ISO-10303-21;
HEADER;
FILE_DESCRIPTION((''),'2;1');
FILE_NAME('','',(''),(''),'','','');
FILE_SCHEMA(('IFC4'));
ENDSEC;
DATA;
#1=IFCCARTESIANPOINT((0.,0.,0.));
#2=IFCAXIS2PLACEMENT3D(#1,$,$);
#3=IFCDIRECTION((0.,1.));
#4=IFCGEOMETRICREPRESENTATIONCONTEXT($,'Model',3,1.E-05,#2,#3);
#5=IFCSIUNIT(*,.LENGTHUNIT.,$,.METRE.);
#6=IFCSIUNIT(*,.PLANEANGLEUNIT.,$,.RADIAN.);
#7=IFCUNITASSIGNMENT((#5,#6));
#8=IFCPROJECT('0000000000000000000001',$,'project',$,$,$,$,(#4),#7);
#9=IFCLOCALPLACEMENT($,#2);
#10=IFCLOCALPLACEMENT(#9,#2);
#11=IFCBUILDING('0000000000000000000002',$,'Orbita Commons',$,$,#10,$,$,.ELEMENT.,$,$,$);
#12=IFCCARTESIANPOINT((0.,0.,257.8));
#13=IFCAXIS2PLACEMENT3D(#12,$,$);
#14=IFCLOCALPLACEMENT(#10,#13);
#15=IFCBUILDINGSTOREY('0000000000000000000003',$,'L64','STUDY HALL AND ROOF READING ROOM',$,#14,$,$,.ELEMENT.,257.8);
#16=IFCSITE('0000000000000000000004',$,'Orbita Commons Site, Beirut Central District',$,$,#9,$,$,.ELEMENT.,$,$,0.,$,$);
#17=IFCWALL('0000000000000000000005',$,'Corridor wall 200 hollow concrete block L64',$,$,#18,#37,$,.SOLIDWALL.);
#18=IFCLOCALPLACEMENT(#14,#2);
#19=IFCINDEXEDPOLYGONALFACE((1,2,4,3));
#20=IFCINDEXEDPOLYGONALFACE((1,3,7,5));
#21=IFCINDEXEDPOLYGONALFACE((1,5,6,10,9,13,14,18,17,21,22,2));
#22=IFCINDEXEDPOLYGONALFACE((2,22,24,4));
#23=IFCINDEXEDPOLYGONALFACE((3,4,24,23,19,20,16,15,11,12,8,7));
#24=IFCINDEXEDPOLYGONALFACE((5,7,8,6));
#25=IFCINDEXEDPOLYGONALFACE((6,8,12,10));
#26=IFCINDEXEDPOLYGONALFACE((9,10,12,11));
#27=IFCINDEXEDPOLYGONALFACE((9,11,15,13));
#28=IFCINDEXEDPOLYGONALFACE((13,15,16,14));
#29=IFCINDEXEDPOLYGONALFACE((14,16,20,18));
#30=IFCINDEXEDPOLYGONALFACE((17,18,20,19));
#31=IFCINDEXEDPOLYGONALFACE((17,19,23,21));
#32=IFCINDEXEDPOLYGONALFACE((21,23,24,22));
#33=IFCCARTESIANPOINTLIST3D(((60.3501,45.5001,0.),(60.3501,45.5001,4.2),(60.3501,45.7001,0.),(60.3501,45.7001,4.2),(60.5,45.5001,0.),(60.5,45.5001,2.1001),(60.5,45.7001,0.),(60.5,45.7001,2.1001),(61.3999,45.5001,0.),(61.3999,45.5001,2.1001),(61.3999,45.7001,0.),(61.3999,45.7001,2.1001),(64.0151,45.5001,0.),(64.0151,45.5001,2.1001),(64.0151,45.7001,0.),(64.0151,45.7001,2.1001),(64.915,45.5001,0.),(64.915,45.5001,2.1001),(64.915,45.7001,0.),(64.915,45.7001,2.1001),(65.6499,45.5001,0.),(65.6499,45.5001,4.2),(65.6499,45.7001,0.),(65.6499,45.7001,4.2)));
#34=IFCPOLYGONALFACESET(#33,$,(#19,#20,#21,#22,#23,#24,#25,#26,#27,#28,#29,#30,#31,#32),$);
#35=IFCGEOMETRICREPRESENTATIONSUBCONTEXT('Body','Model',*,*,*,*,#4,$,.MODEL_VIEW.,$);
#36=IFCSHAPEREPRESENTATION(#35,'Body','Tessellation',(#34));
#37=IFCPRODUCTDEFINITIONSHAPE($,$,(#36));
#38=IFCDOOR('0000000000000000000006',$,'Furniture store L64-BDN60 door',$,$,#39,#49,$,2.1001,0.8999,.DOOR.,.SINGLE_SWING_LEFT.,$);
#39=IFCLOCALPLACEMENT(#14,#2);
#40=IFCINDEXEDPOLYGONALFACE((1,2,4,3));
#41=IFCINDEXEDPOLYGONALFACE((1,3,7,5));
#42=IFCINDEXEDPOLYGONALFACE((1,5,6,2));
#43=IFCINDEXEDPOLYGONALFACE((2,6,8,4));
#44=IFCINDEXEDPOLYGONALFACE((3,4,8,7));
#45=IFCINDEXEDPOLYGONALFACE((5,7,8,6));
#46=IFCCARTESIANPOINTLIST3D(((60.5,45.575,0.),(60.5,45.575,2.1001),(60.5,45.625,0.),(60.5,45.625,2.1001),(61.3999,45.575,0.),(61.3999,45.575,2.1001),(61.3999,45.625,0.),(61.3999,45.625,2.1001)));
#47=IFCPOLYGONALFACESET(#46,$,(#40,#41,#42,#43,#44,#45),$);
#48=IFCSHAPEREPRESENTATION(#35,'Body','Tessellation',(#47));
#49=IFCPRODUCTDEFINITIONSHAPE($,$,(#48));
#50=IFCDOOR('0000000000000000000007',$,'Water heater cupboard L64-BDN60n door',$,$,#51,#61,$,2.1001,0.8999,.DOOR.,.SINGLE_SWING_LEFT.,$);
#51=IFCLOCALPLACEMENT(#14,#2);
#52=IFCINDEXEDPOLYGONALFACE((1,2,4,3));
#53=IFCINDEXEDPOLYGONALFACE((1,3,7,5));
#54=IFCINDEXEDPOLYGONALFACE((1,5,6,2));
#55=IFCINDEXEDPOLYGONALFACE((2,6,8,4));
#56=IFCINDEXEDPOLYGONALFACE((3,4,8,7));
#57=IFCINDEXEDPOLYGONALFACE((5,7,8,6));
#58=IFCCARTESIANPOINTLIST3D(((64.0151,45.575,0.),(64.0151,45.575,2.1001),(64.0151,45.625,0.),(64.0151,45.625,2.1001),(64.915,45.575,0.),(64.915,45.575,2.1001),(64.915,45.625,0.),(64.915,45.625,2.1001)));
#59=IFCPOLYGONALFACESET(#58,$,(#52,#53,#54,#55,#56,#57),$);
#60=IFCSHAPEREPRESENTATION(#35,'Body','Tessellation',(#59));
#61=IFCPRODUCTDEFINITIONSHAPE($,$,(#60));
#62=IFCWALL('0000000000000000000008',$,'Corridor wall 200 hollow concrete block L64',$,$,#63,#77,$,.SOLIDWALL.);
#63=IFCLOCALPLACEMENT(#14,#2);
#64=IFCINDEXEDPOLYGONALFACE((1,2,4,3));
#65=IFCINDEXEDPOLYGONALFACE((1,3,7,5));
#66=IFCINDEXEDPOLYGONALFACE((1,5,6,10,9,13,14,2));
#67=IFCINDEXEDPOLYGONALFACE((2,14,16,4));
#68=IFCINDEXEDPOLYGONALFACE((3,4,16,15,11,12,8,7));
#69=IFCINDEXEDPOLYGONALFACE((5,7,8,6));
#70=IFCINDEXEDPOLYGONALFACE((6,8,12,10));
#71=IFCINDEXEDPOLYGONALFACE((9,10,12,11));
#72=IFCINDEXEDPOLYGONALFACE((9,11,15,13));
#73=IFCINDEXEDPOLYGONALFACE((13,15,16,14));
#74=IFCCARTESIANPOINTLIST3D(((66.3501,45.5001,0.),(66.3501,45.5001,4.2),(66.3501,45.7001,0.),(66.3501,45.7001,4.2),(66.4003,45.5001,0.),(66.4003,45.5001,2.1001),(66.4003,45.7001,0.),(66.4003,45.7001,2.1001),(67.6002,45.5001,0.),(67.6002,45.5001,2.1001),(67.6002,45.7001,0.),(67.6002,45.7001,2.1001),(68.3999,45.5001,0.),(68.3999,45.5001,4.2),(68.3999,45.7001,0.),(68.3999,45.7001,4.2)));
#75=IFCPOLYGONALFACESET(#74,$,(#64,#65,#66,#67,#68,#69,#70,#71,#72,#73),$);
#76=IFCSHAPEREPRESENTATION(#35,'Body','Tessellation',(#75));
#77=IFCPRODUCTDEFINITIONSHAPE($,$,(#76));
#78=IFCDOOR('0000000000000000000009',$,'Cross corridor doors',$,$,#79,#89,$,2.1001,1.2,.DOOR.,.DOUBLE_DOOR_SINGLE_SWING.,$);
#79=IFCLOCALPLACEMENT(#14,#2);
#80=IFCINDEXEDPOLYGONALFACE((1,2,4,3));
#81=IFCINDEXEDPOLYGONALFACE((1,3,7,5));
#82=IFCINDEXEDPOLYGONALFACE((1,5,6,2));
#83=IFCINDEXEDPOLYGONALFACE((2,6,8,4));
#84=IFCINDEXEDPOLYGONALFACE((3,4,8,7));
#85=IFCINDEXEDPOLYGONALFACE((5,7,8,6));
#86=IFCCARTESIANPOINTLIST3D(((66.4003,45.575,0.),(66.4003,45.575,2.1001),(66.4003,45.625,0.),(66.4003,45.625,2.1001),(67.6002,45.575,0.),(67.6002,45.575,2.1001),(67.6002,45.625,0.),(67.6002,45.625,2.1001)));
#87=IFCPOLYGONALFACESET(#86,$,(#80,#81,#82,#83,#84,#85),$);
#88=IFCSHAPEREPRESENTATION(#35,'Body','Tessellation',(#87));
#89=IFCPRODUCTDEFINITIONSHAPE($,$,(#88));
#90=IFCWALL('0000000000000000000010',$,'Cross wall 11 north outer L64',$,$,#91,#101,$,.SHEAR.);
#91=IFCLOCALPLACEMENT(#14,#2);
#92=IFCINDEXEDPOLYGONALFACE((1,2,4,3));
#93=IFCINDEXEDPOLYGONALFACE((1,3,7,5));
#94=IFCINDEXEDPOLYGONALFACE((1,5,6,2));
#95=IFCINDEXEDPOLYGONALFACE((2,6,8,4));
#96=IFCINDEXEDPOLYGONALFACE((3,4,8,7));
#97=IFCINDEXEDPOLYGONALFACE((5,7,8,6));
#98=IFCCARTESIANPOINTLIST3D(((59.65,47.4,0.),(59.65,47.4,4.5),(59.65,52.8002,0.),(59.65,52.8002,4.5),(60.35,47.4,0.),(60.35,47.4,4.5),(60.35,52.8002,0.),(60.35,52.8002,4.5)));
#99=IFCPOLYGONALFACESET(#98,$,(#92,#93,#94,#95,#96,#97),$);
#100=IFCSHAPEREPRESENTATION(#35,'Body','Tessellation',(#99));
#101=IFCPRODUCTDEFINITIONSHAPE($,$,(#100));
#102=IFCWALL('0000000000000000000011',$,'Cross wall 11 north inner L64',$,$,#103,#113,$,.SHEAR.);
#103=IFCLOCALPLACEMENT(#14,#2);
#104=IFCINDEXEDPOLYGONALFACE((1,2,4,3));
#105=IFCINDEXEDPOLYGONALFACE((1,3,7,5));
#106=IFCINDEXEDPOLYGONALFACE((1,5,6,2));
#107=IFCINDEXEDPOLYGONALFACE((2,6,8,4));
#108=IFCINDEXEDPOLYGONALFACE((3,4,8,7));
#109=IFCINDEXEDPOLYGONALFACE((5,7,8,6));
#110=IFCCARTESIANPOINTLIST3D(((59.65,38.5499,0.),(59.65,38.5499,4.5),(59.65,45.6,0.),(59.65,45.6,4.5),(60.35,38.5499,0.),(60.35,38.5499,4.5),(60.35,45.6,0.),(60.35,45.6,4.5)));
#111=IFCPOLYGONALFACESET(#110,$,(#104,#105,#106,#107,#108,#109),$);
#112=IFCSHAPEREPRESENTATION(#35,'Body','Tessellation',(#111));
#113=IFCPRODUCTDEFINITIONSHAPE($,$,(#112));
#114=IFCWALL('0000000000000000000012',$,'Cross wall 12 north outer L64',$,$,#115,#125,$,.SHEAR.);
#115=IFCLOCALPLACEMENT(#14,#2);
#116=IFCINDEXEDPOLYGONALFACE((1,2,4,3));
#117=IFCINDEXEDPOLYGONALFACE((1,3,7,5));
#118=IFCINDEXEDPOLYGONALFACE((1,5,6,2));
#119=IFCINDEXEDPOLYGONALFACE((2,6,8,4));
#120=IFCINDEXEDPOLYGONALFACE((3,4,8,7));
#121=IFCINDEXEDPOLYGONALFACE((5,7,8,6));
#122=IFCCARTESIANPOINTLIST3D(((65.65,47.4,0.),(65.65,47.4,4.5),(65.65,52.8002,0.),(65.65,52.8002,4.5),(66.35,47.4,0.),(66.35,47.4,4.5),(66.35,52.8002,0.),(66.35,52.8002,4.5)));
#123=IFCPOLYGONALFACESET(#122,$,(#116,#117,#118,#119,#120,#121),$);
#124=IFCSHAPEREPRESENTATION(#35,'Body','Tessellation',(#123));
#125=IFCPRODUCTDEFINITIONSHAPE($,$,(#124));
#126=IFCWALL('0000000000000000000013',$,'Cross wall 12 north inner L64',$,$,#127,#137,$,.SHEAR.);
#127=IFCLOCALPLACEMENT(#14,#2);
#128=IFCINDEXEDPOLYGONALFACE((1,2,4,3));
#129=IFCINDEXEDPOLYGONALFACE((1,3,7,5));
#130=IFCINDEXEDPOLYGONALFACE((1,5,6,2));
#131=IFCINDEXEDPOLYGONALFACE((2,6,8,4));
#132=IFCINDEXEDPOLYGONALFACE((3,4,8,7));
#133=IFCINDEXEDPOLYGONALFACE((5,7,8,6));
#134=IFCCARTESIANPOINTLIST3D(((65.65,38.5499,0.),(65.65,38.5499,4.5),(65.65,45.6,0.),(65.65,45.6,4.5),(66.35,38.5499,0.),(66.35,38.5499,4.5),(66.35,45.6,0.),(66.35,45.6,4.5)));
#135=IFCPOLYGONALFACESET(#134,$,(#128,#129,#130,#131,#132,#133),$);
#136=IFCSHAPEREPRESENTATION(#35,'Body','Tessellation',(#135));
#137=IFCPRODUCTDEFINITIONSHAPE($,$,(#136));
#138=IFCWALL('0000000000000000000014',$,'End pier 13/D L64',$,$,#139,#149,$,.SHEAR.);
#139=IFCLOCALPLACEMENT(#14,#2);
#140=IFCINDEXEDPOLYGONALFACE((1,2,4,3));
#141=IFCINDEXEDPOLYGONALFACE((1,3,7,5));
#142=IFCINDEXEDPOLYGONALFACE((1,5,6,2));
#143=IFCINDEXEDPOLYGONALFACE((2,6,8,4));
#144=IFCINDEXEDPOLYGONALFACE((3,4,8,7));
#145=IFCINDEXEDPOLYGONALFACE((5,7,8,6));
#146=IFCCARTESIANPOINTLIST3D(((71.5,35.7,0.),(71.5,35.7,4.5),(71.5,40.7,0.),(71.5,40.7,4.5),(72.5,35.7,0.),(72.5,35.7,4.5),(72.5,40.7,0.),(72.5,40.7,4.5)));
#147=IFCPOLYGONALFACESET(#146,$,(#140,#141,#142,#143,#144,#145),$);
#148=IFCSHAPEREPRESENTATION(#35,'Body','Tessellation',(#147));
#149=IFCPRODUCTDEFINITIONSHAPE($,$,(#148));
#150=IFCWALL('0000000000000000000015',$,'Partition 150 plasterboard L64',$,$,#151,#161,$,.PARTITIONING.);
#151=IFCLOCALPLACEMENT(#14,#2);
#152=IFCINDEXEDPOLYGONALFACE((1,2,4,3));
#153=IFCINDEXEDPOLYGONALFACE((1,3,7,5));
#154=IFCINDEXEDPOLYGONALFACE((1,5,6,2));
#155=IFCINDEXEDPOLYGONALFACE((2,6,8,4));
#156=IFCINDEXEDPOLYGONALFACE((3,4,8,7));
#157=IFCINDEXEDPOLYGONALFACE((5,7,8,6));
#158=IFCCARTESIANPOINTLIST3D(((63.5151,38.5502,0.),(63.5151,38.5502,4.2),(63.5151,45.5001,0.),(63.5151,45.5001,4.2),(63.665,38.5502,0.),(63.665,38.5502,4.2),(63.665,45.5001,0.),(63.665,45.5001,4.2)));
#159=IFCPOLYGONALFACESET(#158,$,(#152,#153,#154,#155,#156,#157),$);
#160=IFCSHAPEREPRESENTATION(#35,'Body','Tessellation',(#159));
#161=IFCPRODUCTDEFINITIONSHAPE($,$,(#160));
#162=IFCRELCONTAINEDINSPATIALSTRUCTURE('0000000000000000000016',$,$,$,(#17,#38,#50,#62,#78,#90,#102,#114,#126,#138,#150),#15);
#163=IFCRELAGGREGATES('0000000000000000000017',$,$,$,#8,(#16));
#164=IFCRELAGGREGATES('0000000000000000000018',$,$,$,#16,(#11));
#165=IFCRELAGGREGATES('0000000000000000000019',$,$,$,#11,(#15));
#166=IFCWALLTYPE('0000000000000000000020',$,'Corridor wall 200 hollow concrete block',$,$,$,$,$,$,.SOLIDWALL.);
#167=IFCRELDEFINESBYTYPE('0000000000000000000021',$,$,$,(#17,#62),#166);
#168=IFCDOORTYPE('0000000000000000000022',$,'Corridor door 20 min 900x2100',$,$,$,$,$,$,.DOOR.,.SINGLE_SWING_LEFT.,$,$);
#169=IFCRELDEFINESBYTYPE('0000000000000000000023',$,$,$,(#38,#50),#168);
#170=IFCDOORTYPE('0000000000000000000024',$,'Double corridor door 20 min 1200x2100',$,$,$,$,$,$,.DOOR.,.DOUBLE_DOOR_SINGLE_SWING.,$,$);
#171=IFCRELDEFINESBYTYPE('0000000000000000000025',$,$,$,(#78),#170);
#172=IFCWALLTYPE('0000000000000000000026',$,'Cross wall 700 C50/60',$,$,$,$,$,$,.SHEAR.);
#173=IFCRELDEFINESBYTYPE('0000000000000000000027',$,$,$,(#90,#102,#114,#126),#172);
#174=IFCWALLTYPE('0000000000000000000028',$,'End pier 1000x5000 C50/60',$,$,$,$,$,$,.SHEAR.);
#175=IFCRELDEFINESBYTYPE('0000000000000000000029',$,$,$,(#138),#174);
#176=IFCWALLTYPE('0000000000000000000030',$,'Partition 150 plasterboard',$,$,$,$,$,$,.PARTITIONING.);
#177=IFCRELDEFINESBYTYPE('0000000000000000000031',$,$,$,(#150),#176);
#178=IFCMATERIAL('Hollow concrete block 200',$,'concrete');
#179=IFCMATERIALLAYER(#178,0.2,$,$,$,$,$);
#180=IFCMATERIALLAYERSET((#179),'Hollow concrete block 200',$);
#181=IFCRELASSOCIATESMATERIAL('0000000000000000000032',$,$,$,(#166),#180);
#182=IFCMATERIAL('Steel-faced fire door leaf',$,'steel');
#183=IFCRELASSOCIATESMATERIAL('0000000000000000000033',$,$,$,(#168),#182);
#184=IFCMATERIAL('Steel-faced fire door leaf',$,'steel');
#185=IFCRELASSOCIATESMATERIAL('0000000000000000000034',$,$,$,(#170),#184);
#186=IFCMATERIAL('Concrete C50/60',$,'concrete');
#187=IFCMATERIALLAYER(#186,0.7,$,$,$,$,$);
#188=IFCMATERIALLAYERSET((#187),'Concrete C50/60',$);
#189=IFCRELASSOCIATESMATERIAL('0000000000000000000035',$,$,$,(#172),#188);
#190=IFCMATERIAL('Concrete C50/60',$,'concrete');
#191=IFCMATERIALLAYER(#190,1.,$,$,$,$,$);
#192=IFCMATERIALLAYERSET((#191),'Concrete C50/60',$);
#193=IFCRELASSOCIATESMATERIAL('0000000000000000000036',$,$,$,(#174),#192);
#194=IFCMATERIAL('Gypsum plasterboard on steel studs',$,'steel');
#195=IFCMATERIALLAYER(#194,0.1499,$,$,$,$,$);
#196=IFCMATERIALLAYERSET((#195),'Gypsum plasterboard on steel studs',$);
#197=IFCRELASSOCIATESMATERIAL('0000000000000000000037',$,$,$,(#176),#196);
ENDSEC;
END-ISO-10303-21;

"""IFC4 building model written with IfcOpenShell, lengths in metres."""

from ifc_helpers import new_model, si_unit, direction, frame, frame_2d, origin, place, context, subcontext, project, spatial, rectangle, extrude, material, layer, layer_set, type_object, element, fill, save


model = new_model("IFC4")

# Units and contexts
model_context = context("Model", 3, precision=1e-05, world=origin(), true_north=direction((0.0, 1.0)))
body_context = subcontext(model_context, "Body", "Model", "MODEL_VIEW")
ifc_project = project(units=[si_unit("LENGTHUNIT", "METRE"), si_unit("PLANEANGLEUNIT", "RADIAN")], contexts=[model_context])

# Site, building, storey
site_placement = place(None, origin())
site = spatial("IfcSite", under=ifc_project, at=site_placement, Name="Orbita Commons Site, Beirut Central District", CompositionType="ELEMENT", RefElevation=0.0)
building_placement = place(site_placement, origin())
building = spatial("IfcBuilding", under=site, at=building_placement, Name="Orbita Commons", CompositionType="ELEMENT")
storey_placement = place(building_placement, frame((0.0, 0.0, 257.8)))
storey = spatial("IfcBuildingStorey", under=building, at=storey_placement, Name="L64", Description="STUDY HALL AND ROOF READING ROOM", CompositionType="ELEMENT", Elevation=257.8)

# Wall, openings, doors
ifc_material_1 = material(Name="Hollow concrete block 200", Category="concrete")
ifc_layer_1 = layer(ifc_material_1, 0.2)
ifc_layer_set_1 = layer_set([ifc_layer_1], Name="Hollow concrete block 200")
wall_type_1 = type_object("IfcWallType", Name="Corridor wall 200 hollow concrete block", PredefinedType="SOLIDWALL", material=ifc_layer_set_1)
wall_1_placement = place(storey_placement, frame((60.3501, 45.6001, 0.0), z_axis=(0.0, 0.0, 1.0), x_axis=(1.0, 0.0, 0.0)))
wall_1 = element("IfcWall", 1, at=wall_1_placement, inside=storey, type_object=wall_type_1, Name="Corridor wall 200 hollow concrete block L64", PredefinedType="SOLIDWALL", context=body_context, shape_type="SweptSolid", body=[
    extrude(rectangle(XDim=5.2998, YDim=0.2, at=frame_2d((2.6499, 0.0))), origin(), (0.0, 0.0, 1.0), 4.2),
])
opening_1_placement = place(wall_1_placement, frame((0.1499, 0.0, 0.0)))
opening_1 = element("IfcOpeningElement", 2, at=opening_1_placement, cuts=wall_1, PredefinedType="OPENING", context=body_context, shape_type="SweptSolid", body=[
    extrude(rectangle(XDim=0.8999, YDim=2.1001, at=frame_2d((0.45, 1.05))), frame((0.0, 0.1099, 0.0), z_axis=(0.0, -1.0, 0.0), x_axis=(1.0, 0.0, 0.0)), (0.0, 0.0, 1.0), 0.22),
])
opening_2_placement = place(wall_1_placement, frame((3.665, 0.0, 0.0)))
opening_2 = element("IfcOpeningElement", 3, at=opening_2_placement, cuts=wall_1, PredefinedType="OPENING", context=body_context, shape_type="SweptSolid", body=[
    extrude(rectangle(XDim=0.8999, YDim=2.1001, at=frame_2d((0.45, 1.05))), frame((0.0, 0.1099, 0.0), z_axis=(0.0, -1.0, 0.0), x_axis=(1.0, 0.0, 0.0)), (0.0, 0.0, 1.0), 0.22),
])
ifc_material_2 = material(Name="Steel-faced fire door leaf", Category="steel")
door_type_1 = type_object("IfcDoorType", Name="Corridor door 20 min 900x2100", OperationType="SINGLE_SWING_LEFT", PredefinedType="DOOR", material=ifc_material_2)
door_1_placement = place(opening_1_placement, origin())
door_1 = element("IfcDoor", 4, at=door_1_placement, inside=storey, type_object=door_type_1, Name="Furniture store L64-BDN60 door", OperationType="SINGLE_SWING_LEFT", OverallHeight=2.1001, OverallWidth=0.8999, PredefinedType="DOOR", context=body_context, shape_type="SweptSolid", body=[
    extrude(rectangle(XDim=0.8999, YDim=2.1001, at=frame_2d((0.45, 1.05))), frame((0.0, 0.0249, 0.0), z_axis=(0.0, -1.0, 0.0), x_axis=(1.0, 0.0, 0.0)), (0.0, 0.0, 1.0), 0.05),
])
fill(opening_1, door_1)
door_2_placement = place(opening_2_placement, origin())
door_2 = element("IfcDoor", 5, at=door_2_placement, inside=storey, type_object=door_type_1, Name="Water heater cupboard L64-BDN60n door", OperationType="SINGLE_SWING_LEFT", OverallHeight=2.1001, OverallWidth=0.8999, PredefinedType="DOOR", context=body_context, shape_type="SweptSolid", body=[
    extrude(rectangle(XDim=0.8999, YDim=2.1001, at=frame_2d((0.45, 1.05))), frame((0.0, 0.0249, 0.0), z_axis=(0.0, -1.0, 0.0), x_axis=(1.0, 0.0, 0.0)), (0.0, 0.0, 1.0), 0.05),
])
fill(opening_2, door_2)

# Wall, opening, door
wall_2_placement = place(storey_placement, frame((66.3501, 45.6001, 0.0), z_axis=(0.0, 0.0, 1.0), x_axis=(1.0, 0.0, 0.0)))
wall_2 = element("IfcWall", 6, at=wall_2_placement, inside=storey, type_object=wall_type_1, Name="Corridor wall 200 hollow concrete block L64", PredefinedType="SOLIDWALL", context=body_context, shape_type="SweptSolid", body=[
    extrude(rectangle(XDim=2.0498, YDim=0.2, at=frame_2d((1.0249, 0.0))), origin(), (0.0, 0.0, 1.0), 4.2),
])
opening_3_placement = place(wall_2_placement, frame((0.05, 0.0, 0.0)))
opening_3 = element("IfcOpeningElement", 7, at=opening_3_placement, cuts=wall_2, PredefinedType="OPENING", context=body_context, shape_type="SweptSolid", body=[
    extrude(rectangle(XDim=1.2, YDim=2.1001, at=frame_2d((0.6001, 1.05))), frame((0.0, 0.1099, 0.0), z_axis=(0.0, -1.0, 0.0), x_axis=(1.0, 0.0, 0.0)), (0.0, 0.0, 1.0), 0.22),
])
ifc_material_3 = material(Name="Steel-faced fire door leaf", Category="steel")
door_type_2 = type_object("IfcDoorType", Name="Double corridor door 20 min 1200x2100", OperationType="DOUBLE_DOOR_SINGLE_SWING", PredefinedType="DOOR", material=ifc_material_3)
door_3_placement = place(opening_3_placement, origin())
door_3 = element("IfcDoor", 8, at=door_3_placement, inside=storey, type_object=door_type_2, Name="Cross corridor doors", OperationType="DOUBLE_DOOR_SINGLE_SWING", OverallHeight=2.1001, OverallWidth=1.2, PredefinedType="DOOR", context=body_context, shape_type="SweptSolid", body=[
    extrude(rectangle(XDim=1.2, YDim=2.1001, at=frame_2d((0.6001, 1.05))), frame((0.0, 0.0249, 0.0), z_axis=(0.0, -1.0, 0.0), x_axis=(1.0, 0.0, 0.0)), (0.0, 0.0, 1.0), 0.05),
])
fill(opening_3, door_3)

# Walls
ifc_material_4 = material(Name="Concrete C50/60", Category="concrete")
ifc_layer_2 = layer(ifc_material_4, 0.7)
ifc_layer_set_2 = layer_set([ifc_layer_2], Name="Concrete C50/60")
wall_type_2 = type_object("IfcWallType", Name="Cross wall 700 C50/60", PredefinedType="SHEAR", material=ifc_layer_set_2)
wall_3_placement = place(storey_placement, frame((60.0, 47.3999, 0.0), z_axis=(0.0, 0.0, 1.0), x_axis=(0.0, 1.0, 0.0)))
element("IfcWall", 9, at=wall_3_placement, inside=storey, type_object=wall_type_2, Name="Cross wall 11 north outer L64", PredefinedType="SHEAR", context=body_context, shape_type="SweptSolid", body=[
    extrude(rectangle(XDim=5.4001, YDim=0.7, at=frame_2d((2.7002, 0.0))), origin(), (0.0, 0.0, 1.0), 4.5),
])
wall_4_placement = place(storey_placement, frame((60.0, 38.55, 0.0), z_axis=(0.0, 0.0, 1.0), x_axis=(0.0, 1.0, 0.0)))
element("IfcWall", 10, at=wall_4_placement, inside=storey, type_object=wall_type_2, Name="Cross wall 11 north inner L64", PredefinedType="SHEAR", context=body_context, shape_type="SweptSolid", body=[
    extrude(rectangle(XDim=7.05, YDim=0.7, at=frame_2d((3.5249, 0.0))), origin(), (0.0, 0.0, 1.0), 4.5),
])
wall_5_placement = place(storey_placement, frame((66.0, 47.3999, 0.0), z_axis=(0.0, 0.0, 1.0), x_axis=(0.0, 1.0, 0.0)))
element("IfcWall", 11, at=wall_5_placement, inside=storey, type_object=wall_type_2, Name="Cross wall 12 north outer L64", PredefinedType="SHEAR", context=body_context, shape_type="SweptSolid", body=[
    extrude(rectangle(XDim=5.4001, YDim=0.7, at=frame_2d((2.7002, 0.0))), origin(), (0.0, 0.0, 1.0), 4.5),
])
wall_6_placement = place(storey_placement, frame((66.0, 38.55, 0.0), z_axis=(0.0, 0.0, 1.0), x_axis=(0.0, 1.0, 0.0)))
element("IfcWall", 12, at=wall_6_placement, inside=storey, type_object=wall_type_2, Name="Cross wall 12 north inner L64", PredefinedType="SHEAR", context=body_context, shape_type="SweptSolid", body=[
    extrude(rectangle(XDim=7.05, YDim=0.7, at=frame_2d((3.5249, 0.0))), origin(), (0.0, 0.0, 1.0), 4.5),
])
ifc_material_5 = material(Name="Concrete C50/60", Category="concrete")
ifc_layer_3 = layer(ifc_material_5, 1.0)
ifc_layer_set_3 = layer_set([ifc_layer_3], Name="Concrete C50/60")
wall_type_3 = type_object("IfcWallType", Name="End pier 1000x5000 C50/60", PredefinedType="SHEAR", material=ifc_layer_set_3)
wall_7_placement = place(storey_placement, frame((72.0, 35.7, 0.0), z_axis=(0.0, 0.0, 1.0), x_axis=(0.0, 1.0, 0.0)))
element("IfcWall", 13, at=wall_7_placement, inside=storey, type_object=wall_type_3, Name="End pier 13/D L64", PredefinedType="SHEAR", context=body_context, shape_type="SweptSolid", body=[
    extrude(rectangle(XDim=5.0, YDim=1.0, at=frame_2d((2.5, 0.0))), origin(), (0.0, 0.0, 1.0), 4.5),
])
ifc_material_6 = material(Name="Gypsum plasterboard on steel studs", Category="steel")
ifc_layer_4 = layer(ifc_material_6, 0.1499)
ifc_layer_set_4 = layer_set([ifc_layer_4], Name="Gypsum plasterboard on steel studs")
wall_type_4 = type_object("IfcWallType", Name="Partition 150 plasterboard", PredefinedType="PARTITIONING", material=ifc_layer_set_4)
wall_8_placement = place(storey_placement, frame((63.5901, 38.55, 0.0), z_axis=(0.0, 0.0, 1.0), x_axis=(0.0, 1.0, 0.0)))
element("IfcWall", 14, at=wall_8_placement, inside=storey, type_object=wall_type_4, Name="Partition 150 plasterboard L64", PredefinedType="PARTITIONING", context=body_context, shape_type="SweptSolid", body=[
    extrude(rectangle(XDim=6.95, YDim=0.1499, at=frame_2d((3.4751, 0.0))), origin(), (0.0, 0.0, 1.0), 4.2),
])

save(model, "model.ifc")
